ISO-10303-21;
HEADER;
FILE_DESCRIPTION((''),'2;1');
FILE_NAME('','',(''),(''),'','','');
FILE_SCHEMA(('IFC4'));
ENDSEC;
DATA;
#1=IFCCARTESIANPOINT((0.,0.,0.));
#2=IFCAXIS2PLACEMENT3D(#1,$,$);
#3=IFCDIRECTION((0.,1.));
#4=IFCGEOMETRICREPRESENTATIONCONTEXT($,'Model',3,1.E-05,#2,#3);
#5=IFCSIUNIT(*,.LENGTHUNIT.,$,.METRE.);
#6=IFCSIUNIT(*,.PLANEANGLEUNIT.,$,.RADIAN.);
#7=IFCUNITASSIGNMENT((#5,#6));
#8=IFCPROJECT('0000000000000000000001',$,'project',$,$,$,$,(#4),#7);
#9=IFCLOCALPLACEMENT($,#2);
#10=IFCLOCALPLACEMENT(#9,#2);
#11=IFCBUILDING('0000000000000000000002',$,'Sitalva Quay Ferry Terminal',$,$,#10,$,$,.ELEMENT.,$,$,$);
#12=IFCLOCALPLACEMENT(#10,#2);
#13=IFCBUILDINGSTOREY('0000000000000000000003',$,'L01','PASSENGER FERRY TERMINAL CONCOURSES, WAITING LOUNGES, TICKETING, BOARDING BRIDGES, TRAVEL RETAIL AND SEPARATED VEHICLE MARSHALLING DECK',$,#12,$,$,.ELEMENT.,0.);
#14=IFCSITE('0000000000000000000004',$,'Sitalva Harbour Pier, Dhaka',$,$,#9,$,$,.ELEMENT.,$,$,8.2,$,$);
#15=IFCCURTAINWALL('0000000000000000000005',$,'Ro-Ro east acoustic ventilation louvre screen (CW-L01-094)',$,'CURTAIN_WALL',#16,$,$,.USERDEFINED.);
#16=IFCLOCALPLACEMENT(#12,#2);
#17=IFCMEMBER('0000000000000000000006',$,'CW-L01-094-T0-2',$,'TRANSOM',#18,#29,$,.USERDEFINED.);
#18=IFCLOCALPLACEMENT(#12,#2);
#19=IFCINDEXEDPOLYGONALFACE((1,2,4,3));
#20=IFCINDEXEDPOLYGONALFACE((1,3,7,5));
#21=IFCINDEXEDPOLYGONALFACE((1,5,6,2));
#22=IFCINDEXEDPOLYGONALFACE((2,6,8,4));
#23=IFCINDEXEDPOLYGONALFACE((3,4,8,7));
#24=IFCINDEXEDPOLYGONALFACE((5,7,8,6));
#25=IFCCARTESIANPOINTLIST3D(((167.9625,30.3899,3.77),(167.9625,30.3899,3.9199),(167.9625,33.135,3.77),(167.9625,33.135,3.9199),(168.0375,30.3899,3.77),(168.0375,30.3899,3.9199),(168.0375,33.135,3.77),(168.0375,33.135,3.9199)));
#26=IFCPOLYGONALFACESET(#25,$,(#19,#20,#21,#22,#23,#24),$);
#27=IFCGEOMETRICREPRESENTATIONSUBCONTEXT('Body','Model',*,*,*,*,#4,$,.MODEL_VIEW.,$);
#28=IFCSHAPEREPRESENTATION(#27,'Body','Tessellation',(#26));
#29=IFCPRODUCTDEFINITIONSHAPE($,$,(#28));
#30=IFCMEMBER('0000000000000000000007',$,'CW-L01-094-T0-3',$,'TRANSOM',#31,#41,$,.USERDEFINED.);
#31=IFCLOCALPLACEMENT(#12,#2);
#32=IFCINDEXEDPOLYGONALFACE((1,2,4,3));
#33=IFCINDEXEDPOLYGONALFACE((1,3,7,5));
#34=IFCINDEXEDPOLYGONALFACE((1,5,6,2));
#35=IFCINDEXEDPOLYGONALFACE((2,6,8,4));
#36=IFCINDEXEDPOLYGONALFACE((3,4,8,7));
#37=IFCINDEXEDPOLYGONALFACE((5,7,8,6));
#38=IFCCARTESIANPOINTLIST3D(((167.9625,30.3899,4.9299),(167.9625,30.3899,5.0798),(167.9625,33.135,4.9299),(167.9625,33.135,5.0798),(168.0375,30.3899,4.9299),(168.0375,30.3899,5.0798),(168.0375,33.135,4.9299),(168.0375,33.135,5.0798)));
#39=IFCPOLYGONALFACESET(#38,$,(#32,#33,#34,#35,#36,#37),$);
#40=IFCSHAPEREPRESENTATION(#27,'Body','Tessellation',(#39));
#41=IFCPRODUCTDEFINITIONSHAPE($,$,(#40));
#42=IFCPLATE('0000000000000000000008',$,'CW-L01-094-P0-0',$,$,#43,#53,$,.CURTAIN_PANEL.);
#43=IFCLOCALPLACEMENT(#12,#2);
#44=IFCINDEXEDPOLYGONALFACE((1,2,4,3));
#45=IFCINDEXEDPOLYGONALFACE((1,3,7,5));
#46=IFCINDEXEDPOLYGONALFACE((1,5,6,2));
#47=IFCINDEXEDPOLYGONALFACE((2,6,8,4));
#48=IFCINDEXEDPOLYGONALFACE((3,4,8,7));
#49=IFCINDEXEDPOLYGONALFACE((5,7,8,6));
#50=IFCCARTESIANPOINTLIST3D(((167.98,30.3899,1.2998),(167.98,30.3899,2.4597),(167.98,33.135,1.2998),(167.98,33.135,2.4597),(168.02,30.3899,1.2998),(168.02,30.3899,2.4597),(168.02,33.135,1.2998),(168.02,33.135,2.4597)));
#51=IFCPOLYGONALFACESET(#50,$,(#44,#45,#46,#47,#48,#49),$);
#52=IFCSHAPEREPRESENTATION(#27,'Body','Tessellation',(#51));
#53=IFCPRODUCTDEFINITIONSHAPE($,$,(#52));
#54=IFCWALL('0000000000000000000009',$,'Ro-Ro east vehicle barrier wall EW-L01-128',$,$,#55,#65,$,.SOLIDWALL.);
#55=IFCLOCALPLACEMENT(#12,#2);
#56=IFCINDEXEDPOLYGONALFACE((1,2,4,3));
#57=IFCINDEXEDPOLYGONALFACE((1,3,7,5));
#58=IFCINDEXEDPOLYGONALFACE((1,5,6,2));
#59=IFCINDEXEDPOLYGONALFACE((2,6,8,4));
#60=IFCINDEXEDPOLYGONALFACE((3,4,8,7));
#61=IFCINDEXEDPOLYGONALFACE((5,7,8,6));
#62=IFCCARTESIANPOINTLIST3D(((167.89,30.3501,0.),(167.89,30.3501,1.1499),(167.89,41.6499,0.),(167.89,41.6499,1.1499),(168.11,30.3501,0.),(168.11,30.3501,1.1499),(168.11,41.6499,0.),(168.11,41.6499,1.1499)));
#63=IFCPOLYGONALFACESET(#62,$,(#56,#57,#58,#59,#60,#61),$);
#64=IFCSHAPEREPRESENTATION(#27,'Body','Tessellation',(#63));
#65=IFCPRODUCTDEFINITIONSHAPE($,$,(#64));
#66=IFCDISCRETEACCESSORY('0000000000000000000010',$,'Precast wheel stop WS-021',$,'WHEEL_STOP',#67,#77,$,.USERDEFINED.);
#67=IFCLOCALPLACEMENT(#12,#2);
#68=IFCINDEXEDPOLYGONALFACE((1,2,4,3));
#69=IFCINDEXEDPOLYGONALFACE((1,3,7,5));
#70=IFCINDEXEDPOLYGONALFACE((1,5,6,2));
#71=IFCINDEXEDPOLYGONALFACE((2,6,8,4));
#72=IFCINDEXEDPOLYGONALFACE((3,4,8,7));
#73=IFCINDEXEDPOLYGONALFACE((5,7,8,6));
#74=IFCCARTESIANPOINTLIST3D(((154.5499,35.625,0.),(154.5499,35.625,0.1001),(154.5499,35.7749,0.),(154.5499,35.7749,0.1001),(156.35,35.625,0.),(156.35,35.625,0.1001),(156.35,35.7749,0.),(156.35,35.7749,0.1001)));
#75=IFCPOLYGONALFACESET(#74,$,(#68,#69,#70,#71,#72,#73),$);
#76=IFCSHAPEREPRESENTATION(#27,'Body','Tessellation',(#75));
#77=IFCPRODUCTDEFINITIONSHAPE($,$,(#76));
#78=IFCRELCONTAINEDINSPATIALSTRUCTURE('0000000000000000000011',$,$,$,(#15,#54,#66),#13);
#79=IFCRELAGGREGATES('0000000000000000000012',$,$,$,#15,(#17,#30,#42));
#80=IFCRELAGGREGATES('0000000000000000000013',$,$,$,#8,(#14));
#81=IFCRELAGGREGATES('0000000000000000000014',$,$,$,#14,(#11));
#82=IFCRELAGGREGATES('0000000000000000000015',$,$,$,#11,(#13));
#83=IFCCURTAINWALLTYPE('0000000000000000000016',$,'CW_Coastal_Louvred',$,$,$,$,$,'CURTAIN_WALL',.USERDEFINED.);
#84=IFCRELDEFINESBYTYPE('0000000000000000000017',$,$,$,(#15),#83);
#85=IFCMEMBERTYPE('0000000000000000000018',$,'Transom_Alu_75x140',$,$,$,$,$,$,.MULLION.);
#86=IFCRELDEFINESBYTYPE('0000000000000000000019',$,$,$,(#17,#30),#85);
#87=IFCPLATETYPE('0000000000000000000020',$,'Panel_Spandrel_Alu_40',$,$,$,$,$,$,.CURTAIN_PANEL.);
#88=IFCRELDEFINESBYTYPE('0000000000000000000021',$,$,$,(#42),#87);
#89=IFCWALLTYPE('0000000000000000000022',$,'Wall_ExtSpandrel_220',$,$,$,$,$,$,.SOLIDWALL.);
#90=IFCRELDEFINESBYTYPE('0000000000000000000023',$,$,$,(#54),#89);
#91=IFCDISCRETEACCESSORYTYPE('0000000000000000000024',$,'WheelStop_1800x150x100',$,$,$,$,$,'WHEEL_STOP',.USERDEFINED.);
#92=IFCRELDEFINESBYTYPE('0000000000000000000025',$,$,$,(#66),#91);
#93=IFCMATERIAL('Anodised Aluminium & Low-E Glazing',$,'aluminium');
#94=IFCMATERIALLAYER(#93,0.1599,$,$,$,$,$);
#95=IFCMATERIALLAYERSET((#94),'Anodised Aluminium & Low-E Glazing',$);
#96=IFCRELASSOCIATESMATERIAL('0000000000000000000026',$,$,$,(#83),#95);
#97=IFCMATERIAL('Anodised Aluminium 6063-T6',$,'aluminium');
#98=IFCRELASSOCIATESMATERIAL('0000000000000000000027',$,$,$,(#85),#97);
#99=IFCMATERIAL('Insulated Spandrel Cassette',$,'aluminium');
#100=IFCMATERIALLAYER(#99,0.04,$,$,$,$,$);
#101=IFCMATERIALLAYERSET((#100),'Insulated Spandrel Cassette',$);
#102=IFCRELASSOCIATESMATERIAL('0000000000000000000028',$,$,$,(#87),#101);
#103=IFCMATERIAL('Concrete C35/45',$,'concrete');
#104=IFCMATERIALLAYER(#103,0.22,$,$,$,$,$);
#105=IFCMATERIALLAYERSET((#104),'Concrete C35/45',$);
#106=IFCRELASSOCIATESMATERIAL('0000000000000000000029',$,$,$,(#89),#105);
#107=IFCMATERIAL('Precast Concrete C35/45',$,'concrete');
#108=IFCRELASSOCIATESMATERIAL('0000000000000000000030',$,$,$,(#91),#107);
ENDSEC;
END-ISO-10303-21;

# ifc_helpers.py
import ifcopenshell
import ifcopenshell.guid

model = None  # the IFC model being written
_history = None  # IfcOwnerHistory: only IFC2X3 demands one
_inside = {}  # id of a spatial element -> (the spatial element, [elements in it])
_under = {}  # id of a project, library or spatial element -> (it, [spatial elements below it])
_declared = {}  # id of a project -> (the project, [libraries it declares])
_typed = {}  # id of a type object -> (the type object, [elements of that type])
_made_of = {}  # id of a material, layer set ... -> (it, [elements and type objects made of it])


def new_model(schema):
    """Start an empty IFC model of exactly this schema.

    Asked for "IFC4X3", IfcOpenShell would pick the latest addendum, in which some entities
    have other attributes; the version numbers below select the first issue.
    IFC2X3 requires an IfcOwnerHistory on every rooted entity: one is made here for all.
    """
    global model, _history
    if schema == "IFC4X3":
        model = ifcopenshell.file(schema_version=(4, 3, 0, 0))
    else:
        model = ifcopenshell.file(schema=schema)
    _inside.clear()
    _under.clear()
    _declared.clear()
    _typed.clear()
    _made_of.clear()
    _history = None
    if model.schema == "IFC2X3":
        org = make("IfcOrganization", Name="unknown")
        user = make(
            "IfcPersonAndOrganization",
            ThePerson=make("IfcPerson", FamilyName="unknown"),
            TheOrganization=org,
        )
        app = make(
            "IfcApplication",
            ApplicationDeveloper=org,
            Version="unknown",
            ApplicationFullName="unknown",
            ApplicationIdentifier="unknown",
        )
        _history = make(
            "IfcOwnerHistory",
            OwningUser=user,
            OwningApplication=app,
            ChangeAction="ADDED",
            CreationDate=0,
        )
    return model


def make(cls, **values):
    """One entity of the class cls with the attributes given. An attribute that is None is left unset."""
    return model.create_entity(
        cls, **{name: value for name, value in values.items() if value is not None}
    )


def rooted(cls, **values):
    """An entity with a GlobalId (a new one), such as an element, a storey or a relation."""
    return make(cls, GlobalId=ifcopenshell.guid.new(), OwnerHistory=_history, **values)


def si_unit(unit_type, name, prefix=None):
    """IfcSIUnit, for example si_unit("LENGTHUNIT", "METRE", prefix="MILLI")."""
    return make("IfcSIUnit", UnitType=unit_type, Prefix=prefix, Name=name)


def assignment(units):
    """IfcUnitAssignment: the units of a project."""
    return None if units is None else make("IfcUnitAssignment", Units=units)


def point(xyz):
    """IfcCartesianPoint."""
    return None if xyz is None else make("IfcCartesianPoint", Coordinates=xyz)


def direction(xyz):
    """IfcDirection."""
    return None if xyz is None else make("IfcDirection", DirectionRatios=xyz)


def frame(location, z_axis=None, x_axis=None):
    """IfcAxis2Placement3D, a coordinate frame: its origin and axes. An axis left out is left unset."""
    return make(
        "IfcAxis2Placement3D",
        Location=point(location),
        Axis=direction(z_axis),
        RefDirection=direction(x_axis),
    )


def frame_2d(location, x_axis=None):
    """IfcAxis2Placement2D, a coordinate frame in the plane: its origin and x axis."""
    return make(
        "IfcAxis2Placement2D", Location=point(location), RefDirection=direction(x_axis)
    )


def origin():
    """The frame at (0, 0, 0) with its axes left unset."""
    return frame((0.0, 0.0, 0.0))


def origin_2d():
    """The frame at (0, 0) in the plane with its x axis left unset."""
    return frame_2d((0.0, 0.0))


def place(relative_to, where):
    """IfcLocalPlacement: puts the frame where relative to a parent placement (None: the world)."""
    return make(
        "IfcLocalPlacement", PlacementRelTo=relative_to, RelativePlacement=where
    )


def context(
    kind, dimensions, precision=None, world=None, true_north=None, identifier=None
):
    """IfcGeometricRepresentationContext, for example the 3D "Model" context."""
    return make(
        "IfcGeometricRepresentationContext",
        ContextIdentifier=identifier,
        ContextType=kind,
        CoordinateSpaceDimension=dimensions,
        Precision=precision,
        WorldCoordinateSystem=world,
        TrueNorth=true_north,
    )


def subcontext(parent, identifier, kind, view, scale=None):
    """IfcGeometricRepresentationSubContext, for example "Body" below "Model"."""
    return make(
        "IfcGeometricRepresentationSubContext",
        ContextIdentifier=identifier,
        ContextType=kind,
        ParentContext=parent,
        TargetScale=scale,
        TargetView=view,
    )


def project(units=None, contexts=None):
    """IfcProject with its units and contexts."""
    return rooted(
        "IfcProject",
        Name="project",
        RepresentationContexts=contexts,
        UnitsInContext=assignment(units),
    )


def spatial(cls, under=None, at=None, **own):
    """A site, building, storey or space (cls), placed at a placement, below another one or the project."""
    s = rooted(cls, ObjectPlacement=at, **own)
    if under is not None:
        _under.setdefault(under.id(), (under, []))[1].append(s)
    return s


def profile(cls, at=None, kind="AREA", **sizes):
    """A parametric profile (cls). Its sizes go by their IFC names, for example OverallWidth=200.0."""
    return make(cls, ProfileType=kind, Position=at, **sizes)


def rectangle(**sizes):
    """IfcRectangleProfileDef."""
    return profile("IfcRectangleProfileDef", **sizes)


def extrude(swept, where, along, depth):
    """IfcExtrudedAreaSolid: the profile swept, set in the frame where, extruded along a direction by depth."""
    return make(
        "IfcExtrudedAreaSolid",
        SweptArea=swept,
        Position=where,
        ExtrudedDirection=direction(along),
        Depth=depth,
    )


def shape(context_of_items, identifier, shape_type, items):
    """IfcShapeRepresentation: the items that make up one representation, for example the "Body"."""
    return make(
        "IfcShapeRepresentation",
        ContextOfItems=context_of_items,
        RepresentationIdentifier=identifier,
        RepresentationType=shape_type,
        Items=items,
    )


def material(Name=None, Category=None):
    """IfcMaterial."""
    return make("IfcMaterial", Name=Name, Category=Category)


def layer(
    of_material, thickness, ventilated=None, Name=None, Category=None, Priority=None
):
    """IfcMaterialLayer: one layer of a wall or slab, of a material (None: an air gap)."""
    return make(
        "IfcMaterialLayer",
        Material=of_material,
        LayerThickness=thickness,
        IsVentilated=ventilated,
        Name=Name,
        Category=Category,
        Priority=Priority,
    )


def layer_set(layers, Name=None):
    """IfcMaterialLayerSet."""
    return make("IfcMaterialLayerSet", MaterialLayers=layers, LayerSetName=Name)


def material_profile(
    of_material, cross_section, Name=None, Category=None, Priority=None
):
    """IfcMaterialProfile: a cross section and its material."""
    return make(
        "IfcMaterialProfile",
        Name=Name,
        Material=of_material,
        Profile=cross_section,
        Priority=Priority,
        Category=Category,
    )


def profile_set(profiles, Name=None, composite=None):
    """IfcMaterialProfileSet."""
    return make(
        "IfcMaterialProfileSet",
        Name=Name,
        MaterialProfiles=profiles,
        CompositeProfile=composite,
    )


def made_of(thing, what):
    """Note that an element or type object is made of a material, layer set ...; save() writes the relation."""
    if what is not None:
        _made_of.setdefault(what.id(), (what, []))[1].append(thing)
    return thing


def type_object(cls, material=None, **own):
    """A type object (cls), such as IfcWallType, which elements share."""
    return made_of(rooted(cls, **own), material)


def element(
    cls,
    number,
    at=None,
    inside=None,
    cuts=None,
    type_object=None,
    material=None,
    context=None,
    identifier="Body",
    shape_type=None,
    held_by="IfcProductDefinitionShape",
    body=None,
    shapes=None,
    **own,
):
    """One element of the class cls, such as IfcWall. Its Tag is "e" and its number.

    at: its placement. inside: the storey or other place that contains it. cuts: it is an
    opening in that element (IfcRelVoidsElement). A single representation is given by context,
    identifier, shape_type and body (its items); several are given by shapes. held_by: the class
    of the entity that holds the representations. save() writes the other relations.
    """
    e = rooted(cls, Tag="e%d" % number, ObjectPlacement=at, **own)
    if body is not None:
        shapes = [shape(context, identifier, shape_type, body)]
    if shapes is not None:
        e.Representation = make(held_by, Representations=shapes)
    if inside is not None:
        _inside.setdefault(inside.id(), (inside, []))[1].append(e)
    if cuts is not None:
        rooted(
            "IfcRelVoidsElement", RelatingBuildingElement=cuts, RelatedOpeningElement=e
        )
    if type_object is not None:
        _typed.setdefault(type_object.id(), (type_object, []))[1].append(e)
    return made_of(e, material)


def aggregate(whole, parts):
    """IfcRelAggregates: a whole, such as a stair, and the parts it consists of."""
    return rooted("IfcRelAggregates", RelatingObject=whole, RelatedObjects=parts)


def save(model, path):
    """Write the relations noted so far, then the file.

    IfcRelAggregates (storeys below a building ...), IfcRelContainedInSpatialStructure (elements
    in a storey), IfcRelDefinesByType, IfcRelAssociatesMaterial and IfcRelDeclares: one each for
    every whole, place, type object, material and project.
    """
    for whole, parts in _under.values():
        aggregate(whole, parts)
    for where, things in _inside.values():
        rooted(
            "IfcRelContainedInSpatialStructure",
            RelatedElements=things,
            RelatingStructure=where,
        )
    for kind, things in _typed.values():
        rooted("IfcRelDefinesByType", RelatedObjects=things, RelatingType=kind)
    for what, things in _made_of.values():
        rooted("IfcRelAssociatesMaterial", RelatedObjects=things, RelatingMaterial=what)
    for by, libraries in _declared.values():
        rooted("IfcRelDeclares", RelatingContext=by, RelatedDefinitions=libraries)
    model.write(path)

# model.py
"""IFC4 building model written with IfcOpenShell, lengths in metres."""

from ifc_helpers import new_model, si_unit, direction, frame, frame_2d, origin, origin_2d, place, context, subcontext, project, spatial, rectangle, extrude, material, layer, layer_set, material_profile, profile_set, type_object, element, aggregate, save


model = new_model("IFC4")

# Units and contexts
model_context = context("Model", 3, precision=1e-05, world=origin(), true_north=direction((0.0, 1.0)))
body_context = subcontext(model_context, "Body", "Model", "MODEL_VIEW")
ifc_project = project(units=[si_unit("LENGTHUNIT", "METRE"), si_unit("PLANEANGLEUNIT", "RADIAN")], contexts=[model_context])

# Site, building, storey
site_placement = place(None, origin())
site = spatial("IfcSite", under=ifc_project, at=site_placement, Name="Sitalva Harbour Pier, Dhaka", CompositionType="ELEMENT", RefElevation=8.2)
building_placement = place(site_placement, origin())
building = spatial("IfcBuilding", under=site, at=building_placement, Name="Sitalva Quay Ferry Terminal", CompositionType="ELEMENT")
storey_placement = place(building_placement, origin())
storey = spatial("IfcBuildingStorey", under=building, at=storey_placement, Name="L01", Description="PASSENGER FERRY TERMINAL CONCOURSES, WAITING LOUNGES, TICKETING, BOARDING BRIDGES, TRAVEL RETAIL AND SEPARATED VEHICLE MARSHALLING DECK", CompositionType="ELEMENT", Elevation=0.0)

# Curtain wall, members, plate
ifc_material_1 = material(Name="Anodised Aluminium & Low-E Glazing", Category="aluminium")
ifc_layer_1 = layer(ifc_material_1, 0.1599)
ifc_layer_set_1 = layer_set([ifc_layer_1], Name="Anodised Aluminium & Low-E Glazing")
curtain_wall_type = type_object("IfcCurtainWallType", Name="CW_Coastal_Louvred", ElementType="CURTAIN_WALL", PredefinedType="USERDEFINED", material=ifc_layer_set_1)
curtain_wall_placement = place(storey_placement, origin())
curtain_wall = element("IfcCurtainWall", 1, at=curtain_wall_placement, inside=storey, type_object=curtain_wall_type, Name="Ro-Ro east acoustic ventilation louvre screen (CW-L01-094)", ObjectType="CURTAIN_WALL", PredefinedType="USERDEFINED")
ifc_material_2 = material(Name="Anodised Aluminium 6063-T6", Category="aluminium")
ifc_material_profile_1 = material_profile(ifc_material_2, rectangle(XDim=0.075, YDim=0.1499, at=origin_2d()), Name="ALU75x150")
ifc_profile_set_1 = profile_set([ifc_material_profile_1], Name="Anodised Aluminium 6063-T6")
member_type_1 = type_object("IfcMemberType", Name="Transom_Alu_75x140", PredefinedType="MULLION", material=ifc_profile_set_1)
member_1_placement = place(storey_placement, frame((168.0, 30.3899, 3.845), z_axis=(0.0, 1.0, 0.0), x_axis=(-1.0, 0.0, 0.0)))
member_1 = element("IfcMember", 2, at=member_1_placement, type_object=member_type_1, Name="CW-L01-094-T0-2", ObjectType="TRANSOM", PredefinedType="USERDEFINED", context=body_context, shape_type="SweptSolid", body=[
    extrude(rectangle(XDim=0.075, YDim=0.1499, at=origin_2d()), origin(), (0.0, 0.0, 1.0), 2.7451),
])
member_2_placement = place(storey_placement, frame((168.0, 30.3899, 5.0049), z_axis=(0.0, 1.0, 0.0), x_axis=(-1.0, 0.0, 0.0)))
member_2 = element("IfcMember", 3, at=member_2_placement, type_object=member_type_1, Name="CW-L01-094-T0-3", ObjectType="TRANSOM", PredefinedType="USERDEFINED", context=body_context, shape_type="SweptSolid", body=[
    extrude(rectangle(XDim=0.075, YDim=0.1499, at=origin_2d()), origin(), (0.0, 0.0, 1.0), 2.7451),
])
ifc_material_3 = material(Name="Insulated Spandrel Cassette", Category="aluminium")
ifc_layer_2 = layer(ifc_material_3, 0.04)
ifc_layer_set_2 = layer_set([ifc_layer_2], Name="Insulated Spandrel Cassette")
plate_type = type_object("IfcPlateType", Name="Panel_Spandrel_Alu_40", PredefinedType="CURTAIN_PANEL", material=ifc_layer_set_2)
plate_placement = place(storey_placement, frame((168.0, 31.7625, 1.2998), z_axis=(0.0, 0.0, 1.0), x_axis=(0.0, 1.0, 0.0)))
plate = element("IfcPlate", 4, at=plate_placement, type_object=plate_type, Name="CW-L01-094-P0-0", PredefinedType="CURTAIN_PANEL", context=body_context, shape_type="SweptSolid", body=[
    extrude(rectangle(XDim=2.7451, YDim=0.04, at=origin_2d()), origin(), (0.0, 0.0, 1.0), 1.1599),
])
aggregate(curtain_wall, [member_1, member_2, plate])

# Wall
ifc_material_4 = material(Name="Concrete C35/45", Category="concrete")
ifc_layer_3 = layer(ifc_material_4, 0.22)
ifc_layer_set_3 = layer_set([ifc_layer_3], Name="Concrete C35/45")
wall_type = type_object("IfcWallType", Name="Wall_ExtSpandrel_220", PredefinedType="SOLIDWALL", material=ifc_layer_set_3)
wall_placement = place(storey_placement, frame((168.0, 30.3501, 0.0), z_axis=(0.0, 0.0, 1.0), x_axis=(0.0, 1.0, 0.0)))
element("IfcWall", 5, at=wall_placement, inside=storey, type_object=wall_type, Name="Ro-Ro east vehicle barrier wall EW-L01-128", PredefinedType="SOLIDWALL", context=body_context, shape_type="SweptSolid", body=[
    extrude(rectangle(XDim=11.2998, YDim=0.22, at=frame_2d((5.6499, 0.0))), origin(), (0.0, 0.0, 1.0), 1.1499),
])

# Discrete accessory
ifc_material_5 = material(Name="Precast Concrete C35/45", Category="concrete")
discrete_accessory_type = type_object("IfcDiscreteAccessoryType", Name="WheelStop_1800x150x100", ElementType="WHEEL_STOP", PredefinedType="USERDEFINED", material=ifc_material_5)
discrete_accessory_placement = place(storey_placement, frame((155.45, 35.7, 0.0), z_axis=(0.0, 0.0, 1.0), x_axis=(1.0, 0.0, 0.0)))
element("IfcDiscreteAccessory", 6, at=discrete_accessory_placement, inside=storey, type_object=discrete_accessory_type, Name="Precast wheel stop WS-021", ObjectType="WHEEL_STOP", PredefinedType="USERDEFINED", context=body_context, shape_type="SweptSolid", body=[
    extrude(rectangle(XDim=1.8, YDim=0.1499, at=origin_2d()), origin(), (0.0, 0.0, 1.0), 0.1001),
])

save(model, "model.ifc")
